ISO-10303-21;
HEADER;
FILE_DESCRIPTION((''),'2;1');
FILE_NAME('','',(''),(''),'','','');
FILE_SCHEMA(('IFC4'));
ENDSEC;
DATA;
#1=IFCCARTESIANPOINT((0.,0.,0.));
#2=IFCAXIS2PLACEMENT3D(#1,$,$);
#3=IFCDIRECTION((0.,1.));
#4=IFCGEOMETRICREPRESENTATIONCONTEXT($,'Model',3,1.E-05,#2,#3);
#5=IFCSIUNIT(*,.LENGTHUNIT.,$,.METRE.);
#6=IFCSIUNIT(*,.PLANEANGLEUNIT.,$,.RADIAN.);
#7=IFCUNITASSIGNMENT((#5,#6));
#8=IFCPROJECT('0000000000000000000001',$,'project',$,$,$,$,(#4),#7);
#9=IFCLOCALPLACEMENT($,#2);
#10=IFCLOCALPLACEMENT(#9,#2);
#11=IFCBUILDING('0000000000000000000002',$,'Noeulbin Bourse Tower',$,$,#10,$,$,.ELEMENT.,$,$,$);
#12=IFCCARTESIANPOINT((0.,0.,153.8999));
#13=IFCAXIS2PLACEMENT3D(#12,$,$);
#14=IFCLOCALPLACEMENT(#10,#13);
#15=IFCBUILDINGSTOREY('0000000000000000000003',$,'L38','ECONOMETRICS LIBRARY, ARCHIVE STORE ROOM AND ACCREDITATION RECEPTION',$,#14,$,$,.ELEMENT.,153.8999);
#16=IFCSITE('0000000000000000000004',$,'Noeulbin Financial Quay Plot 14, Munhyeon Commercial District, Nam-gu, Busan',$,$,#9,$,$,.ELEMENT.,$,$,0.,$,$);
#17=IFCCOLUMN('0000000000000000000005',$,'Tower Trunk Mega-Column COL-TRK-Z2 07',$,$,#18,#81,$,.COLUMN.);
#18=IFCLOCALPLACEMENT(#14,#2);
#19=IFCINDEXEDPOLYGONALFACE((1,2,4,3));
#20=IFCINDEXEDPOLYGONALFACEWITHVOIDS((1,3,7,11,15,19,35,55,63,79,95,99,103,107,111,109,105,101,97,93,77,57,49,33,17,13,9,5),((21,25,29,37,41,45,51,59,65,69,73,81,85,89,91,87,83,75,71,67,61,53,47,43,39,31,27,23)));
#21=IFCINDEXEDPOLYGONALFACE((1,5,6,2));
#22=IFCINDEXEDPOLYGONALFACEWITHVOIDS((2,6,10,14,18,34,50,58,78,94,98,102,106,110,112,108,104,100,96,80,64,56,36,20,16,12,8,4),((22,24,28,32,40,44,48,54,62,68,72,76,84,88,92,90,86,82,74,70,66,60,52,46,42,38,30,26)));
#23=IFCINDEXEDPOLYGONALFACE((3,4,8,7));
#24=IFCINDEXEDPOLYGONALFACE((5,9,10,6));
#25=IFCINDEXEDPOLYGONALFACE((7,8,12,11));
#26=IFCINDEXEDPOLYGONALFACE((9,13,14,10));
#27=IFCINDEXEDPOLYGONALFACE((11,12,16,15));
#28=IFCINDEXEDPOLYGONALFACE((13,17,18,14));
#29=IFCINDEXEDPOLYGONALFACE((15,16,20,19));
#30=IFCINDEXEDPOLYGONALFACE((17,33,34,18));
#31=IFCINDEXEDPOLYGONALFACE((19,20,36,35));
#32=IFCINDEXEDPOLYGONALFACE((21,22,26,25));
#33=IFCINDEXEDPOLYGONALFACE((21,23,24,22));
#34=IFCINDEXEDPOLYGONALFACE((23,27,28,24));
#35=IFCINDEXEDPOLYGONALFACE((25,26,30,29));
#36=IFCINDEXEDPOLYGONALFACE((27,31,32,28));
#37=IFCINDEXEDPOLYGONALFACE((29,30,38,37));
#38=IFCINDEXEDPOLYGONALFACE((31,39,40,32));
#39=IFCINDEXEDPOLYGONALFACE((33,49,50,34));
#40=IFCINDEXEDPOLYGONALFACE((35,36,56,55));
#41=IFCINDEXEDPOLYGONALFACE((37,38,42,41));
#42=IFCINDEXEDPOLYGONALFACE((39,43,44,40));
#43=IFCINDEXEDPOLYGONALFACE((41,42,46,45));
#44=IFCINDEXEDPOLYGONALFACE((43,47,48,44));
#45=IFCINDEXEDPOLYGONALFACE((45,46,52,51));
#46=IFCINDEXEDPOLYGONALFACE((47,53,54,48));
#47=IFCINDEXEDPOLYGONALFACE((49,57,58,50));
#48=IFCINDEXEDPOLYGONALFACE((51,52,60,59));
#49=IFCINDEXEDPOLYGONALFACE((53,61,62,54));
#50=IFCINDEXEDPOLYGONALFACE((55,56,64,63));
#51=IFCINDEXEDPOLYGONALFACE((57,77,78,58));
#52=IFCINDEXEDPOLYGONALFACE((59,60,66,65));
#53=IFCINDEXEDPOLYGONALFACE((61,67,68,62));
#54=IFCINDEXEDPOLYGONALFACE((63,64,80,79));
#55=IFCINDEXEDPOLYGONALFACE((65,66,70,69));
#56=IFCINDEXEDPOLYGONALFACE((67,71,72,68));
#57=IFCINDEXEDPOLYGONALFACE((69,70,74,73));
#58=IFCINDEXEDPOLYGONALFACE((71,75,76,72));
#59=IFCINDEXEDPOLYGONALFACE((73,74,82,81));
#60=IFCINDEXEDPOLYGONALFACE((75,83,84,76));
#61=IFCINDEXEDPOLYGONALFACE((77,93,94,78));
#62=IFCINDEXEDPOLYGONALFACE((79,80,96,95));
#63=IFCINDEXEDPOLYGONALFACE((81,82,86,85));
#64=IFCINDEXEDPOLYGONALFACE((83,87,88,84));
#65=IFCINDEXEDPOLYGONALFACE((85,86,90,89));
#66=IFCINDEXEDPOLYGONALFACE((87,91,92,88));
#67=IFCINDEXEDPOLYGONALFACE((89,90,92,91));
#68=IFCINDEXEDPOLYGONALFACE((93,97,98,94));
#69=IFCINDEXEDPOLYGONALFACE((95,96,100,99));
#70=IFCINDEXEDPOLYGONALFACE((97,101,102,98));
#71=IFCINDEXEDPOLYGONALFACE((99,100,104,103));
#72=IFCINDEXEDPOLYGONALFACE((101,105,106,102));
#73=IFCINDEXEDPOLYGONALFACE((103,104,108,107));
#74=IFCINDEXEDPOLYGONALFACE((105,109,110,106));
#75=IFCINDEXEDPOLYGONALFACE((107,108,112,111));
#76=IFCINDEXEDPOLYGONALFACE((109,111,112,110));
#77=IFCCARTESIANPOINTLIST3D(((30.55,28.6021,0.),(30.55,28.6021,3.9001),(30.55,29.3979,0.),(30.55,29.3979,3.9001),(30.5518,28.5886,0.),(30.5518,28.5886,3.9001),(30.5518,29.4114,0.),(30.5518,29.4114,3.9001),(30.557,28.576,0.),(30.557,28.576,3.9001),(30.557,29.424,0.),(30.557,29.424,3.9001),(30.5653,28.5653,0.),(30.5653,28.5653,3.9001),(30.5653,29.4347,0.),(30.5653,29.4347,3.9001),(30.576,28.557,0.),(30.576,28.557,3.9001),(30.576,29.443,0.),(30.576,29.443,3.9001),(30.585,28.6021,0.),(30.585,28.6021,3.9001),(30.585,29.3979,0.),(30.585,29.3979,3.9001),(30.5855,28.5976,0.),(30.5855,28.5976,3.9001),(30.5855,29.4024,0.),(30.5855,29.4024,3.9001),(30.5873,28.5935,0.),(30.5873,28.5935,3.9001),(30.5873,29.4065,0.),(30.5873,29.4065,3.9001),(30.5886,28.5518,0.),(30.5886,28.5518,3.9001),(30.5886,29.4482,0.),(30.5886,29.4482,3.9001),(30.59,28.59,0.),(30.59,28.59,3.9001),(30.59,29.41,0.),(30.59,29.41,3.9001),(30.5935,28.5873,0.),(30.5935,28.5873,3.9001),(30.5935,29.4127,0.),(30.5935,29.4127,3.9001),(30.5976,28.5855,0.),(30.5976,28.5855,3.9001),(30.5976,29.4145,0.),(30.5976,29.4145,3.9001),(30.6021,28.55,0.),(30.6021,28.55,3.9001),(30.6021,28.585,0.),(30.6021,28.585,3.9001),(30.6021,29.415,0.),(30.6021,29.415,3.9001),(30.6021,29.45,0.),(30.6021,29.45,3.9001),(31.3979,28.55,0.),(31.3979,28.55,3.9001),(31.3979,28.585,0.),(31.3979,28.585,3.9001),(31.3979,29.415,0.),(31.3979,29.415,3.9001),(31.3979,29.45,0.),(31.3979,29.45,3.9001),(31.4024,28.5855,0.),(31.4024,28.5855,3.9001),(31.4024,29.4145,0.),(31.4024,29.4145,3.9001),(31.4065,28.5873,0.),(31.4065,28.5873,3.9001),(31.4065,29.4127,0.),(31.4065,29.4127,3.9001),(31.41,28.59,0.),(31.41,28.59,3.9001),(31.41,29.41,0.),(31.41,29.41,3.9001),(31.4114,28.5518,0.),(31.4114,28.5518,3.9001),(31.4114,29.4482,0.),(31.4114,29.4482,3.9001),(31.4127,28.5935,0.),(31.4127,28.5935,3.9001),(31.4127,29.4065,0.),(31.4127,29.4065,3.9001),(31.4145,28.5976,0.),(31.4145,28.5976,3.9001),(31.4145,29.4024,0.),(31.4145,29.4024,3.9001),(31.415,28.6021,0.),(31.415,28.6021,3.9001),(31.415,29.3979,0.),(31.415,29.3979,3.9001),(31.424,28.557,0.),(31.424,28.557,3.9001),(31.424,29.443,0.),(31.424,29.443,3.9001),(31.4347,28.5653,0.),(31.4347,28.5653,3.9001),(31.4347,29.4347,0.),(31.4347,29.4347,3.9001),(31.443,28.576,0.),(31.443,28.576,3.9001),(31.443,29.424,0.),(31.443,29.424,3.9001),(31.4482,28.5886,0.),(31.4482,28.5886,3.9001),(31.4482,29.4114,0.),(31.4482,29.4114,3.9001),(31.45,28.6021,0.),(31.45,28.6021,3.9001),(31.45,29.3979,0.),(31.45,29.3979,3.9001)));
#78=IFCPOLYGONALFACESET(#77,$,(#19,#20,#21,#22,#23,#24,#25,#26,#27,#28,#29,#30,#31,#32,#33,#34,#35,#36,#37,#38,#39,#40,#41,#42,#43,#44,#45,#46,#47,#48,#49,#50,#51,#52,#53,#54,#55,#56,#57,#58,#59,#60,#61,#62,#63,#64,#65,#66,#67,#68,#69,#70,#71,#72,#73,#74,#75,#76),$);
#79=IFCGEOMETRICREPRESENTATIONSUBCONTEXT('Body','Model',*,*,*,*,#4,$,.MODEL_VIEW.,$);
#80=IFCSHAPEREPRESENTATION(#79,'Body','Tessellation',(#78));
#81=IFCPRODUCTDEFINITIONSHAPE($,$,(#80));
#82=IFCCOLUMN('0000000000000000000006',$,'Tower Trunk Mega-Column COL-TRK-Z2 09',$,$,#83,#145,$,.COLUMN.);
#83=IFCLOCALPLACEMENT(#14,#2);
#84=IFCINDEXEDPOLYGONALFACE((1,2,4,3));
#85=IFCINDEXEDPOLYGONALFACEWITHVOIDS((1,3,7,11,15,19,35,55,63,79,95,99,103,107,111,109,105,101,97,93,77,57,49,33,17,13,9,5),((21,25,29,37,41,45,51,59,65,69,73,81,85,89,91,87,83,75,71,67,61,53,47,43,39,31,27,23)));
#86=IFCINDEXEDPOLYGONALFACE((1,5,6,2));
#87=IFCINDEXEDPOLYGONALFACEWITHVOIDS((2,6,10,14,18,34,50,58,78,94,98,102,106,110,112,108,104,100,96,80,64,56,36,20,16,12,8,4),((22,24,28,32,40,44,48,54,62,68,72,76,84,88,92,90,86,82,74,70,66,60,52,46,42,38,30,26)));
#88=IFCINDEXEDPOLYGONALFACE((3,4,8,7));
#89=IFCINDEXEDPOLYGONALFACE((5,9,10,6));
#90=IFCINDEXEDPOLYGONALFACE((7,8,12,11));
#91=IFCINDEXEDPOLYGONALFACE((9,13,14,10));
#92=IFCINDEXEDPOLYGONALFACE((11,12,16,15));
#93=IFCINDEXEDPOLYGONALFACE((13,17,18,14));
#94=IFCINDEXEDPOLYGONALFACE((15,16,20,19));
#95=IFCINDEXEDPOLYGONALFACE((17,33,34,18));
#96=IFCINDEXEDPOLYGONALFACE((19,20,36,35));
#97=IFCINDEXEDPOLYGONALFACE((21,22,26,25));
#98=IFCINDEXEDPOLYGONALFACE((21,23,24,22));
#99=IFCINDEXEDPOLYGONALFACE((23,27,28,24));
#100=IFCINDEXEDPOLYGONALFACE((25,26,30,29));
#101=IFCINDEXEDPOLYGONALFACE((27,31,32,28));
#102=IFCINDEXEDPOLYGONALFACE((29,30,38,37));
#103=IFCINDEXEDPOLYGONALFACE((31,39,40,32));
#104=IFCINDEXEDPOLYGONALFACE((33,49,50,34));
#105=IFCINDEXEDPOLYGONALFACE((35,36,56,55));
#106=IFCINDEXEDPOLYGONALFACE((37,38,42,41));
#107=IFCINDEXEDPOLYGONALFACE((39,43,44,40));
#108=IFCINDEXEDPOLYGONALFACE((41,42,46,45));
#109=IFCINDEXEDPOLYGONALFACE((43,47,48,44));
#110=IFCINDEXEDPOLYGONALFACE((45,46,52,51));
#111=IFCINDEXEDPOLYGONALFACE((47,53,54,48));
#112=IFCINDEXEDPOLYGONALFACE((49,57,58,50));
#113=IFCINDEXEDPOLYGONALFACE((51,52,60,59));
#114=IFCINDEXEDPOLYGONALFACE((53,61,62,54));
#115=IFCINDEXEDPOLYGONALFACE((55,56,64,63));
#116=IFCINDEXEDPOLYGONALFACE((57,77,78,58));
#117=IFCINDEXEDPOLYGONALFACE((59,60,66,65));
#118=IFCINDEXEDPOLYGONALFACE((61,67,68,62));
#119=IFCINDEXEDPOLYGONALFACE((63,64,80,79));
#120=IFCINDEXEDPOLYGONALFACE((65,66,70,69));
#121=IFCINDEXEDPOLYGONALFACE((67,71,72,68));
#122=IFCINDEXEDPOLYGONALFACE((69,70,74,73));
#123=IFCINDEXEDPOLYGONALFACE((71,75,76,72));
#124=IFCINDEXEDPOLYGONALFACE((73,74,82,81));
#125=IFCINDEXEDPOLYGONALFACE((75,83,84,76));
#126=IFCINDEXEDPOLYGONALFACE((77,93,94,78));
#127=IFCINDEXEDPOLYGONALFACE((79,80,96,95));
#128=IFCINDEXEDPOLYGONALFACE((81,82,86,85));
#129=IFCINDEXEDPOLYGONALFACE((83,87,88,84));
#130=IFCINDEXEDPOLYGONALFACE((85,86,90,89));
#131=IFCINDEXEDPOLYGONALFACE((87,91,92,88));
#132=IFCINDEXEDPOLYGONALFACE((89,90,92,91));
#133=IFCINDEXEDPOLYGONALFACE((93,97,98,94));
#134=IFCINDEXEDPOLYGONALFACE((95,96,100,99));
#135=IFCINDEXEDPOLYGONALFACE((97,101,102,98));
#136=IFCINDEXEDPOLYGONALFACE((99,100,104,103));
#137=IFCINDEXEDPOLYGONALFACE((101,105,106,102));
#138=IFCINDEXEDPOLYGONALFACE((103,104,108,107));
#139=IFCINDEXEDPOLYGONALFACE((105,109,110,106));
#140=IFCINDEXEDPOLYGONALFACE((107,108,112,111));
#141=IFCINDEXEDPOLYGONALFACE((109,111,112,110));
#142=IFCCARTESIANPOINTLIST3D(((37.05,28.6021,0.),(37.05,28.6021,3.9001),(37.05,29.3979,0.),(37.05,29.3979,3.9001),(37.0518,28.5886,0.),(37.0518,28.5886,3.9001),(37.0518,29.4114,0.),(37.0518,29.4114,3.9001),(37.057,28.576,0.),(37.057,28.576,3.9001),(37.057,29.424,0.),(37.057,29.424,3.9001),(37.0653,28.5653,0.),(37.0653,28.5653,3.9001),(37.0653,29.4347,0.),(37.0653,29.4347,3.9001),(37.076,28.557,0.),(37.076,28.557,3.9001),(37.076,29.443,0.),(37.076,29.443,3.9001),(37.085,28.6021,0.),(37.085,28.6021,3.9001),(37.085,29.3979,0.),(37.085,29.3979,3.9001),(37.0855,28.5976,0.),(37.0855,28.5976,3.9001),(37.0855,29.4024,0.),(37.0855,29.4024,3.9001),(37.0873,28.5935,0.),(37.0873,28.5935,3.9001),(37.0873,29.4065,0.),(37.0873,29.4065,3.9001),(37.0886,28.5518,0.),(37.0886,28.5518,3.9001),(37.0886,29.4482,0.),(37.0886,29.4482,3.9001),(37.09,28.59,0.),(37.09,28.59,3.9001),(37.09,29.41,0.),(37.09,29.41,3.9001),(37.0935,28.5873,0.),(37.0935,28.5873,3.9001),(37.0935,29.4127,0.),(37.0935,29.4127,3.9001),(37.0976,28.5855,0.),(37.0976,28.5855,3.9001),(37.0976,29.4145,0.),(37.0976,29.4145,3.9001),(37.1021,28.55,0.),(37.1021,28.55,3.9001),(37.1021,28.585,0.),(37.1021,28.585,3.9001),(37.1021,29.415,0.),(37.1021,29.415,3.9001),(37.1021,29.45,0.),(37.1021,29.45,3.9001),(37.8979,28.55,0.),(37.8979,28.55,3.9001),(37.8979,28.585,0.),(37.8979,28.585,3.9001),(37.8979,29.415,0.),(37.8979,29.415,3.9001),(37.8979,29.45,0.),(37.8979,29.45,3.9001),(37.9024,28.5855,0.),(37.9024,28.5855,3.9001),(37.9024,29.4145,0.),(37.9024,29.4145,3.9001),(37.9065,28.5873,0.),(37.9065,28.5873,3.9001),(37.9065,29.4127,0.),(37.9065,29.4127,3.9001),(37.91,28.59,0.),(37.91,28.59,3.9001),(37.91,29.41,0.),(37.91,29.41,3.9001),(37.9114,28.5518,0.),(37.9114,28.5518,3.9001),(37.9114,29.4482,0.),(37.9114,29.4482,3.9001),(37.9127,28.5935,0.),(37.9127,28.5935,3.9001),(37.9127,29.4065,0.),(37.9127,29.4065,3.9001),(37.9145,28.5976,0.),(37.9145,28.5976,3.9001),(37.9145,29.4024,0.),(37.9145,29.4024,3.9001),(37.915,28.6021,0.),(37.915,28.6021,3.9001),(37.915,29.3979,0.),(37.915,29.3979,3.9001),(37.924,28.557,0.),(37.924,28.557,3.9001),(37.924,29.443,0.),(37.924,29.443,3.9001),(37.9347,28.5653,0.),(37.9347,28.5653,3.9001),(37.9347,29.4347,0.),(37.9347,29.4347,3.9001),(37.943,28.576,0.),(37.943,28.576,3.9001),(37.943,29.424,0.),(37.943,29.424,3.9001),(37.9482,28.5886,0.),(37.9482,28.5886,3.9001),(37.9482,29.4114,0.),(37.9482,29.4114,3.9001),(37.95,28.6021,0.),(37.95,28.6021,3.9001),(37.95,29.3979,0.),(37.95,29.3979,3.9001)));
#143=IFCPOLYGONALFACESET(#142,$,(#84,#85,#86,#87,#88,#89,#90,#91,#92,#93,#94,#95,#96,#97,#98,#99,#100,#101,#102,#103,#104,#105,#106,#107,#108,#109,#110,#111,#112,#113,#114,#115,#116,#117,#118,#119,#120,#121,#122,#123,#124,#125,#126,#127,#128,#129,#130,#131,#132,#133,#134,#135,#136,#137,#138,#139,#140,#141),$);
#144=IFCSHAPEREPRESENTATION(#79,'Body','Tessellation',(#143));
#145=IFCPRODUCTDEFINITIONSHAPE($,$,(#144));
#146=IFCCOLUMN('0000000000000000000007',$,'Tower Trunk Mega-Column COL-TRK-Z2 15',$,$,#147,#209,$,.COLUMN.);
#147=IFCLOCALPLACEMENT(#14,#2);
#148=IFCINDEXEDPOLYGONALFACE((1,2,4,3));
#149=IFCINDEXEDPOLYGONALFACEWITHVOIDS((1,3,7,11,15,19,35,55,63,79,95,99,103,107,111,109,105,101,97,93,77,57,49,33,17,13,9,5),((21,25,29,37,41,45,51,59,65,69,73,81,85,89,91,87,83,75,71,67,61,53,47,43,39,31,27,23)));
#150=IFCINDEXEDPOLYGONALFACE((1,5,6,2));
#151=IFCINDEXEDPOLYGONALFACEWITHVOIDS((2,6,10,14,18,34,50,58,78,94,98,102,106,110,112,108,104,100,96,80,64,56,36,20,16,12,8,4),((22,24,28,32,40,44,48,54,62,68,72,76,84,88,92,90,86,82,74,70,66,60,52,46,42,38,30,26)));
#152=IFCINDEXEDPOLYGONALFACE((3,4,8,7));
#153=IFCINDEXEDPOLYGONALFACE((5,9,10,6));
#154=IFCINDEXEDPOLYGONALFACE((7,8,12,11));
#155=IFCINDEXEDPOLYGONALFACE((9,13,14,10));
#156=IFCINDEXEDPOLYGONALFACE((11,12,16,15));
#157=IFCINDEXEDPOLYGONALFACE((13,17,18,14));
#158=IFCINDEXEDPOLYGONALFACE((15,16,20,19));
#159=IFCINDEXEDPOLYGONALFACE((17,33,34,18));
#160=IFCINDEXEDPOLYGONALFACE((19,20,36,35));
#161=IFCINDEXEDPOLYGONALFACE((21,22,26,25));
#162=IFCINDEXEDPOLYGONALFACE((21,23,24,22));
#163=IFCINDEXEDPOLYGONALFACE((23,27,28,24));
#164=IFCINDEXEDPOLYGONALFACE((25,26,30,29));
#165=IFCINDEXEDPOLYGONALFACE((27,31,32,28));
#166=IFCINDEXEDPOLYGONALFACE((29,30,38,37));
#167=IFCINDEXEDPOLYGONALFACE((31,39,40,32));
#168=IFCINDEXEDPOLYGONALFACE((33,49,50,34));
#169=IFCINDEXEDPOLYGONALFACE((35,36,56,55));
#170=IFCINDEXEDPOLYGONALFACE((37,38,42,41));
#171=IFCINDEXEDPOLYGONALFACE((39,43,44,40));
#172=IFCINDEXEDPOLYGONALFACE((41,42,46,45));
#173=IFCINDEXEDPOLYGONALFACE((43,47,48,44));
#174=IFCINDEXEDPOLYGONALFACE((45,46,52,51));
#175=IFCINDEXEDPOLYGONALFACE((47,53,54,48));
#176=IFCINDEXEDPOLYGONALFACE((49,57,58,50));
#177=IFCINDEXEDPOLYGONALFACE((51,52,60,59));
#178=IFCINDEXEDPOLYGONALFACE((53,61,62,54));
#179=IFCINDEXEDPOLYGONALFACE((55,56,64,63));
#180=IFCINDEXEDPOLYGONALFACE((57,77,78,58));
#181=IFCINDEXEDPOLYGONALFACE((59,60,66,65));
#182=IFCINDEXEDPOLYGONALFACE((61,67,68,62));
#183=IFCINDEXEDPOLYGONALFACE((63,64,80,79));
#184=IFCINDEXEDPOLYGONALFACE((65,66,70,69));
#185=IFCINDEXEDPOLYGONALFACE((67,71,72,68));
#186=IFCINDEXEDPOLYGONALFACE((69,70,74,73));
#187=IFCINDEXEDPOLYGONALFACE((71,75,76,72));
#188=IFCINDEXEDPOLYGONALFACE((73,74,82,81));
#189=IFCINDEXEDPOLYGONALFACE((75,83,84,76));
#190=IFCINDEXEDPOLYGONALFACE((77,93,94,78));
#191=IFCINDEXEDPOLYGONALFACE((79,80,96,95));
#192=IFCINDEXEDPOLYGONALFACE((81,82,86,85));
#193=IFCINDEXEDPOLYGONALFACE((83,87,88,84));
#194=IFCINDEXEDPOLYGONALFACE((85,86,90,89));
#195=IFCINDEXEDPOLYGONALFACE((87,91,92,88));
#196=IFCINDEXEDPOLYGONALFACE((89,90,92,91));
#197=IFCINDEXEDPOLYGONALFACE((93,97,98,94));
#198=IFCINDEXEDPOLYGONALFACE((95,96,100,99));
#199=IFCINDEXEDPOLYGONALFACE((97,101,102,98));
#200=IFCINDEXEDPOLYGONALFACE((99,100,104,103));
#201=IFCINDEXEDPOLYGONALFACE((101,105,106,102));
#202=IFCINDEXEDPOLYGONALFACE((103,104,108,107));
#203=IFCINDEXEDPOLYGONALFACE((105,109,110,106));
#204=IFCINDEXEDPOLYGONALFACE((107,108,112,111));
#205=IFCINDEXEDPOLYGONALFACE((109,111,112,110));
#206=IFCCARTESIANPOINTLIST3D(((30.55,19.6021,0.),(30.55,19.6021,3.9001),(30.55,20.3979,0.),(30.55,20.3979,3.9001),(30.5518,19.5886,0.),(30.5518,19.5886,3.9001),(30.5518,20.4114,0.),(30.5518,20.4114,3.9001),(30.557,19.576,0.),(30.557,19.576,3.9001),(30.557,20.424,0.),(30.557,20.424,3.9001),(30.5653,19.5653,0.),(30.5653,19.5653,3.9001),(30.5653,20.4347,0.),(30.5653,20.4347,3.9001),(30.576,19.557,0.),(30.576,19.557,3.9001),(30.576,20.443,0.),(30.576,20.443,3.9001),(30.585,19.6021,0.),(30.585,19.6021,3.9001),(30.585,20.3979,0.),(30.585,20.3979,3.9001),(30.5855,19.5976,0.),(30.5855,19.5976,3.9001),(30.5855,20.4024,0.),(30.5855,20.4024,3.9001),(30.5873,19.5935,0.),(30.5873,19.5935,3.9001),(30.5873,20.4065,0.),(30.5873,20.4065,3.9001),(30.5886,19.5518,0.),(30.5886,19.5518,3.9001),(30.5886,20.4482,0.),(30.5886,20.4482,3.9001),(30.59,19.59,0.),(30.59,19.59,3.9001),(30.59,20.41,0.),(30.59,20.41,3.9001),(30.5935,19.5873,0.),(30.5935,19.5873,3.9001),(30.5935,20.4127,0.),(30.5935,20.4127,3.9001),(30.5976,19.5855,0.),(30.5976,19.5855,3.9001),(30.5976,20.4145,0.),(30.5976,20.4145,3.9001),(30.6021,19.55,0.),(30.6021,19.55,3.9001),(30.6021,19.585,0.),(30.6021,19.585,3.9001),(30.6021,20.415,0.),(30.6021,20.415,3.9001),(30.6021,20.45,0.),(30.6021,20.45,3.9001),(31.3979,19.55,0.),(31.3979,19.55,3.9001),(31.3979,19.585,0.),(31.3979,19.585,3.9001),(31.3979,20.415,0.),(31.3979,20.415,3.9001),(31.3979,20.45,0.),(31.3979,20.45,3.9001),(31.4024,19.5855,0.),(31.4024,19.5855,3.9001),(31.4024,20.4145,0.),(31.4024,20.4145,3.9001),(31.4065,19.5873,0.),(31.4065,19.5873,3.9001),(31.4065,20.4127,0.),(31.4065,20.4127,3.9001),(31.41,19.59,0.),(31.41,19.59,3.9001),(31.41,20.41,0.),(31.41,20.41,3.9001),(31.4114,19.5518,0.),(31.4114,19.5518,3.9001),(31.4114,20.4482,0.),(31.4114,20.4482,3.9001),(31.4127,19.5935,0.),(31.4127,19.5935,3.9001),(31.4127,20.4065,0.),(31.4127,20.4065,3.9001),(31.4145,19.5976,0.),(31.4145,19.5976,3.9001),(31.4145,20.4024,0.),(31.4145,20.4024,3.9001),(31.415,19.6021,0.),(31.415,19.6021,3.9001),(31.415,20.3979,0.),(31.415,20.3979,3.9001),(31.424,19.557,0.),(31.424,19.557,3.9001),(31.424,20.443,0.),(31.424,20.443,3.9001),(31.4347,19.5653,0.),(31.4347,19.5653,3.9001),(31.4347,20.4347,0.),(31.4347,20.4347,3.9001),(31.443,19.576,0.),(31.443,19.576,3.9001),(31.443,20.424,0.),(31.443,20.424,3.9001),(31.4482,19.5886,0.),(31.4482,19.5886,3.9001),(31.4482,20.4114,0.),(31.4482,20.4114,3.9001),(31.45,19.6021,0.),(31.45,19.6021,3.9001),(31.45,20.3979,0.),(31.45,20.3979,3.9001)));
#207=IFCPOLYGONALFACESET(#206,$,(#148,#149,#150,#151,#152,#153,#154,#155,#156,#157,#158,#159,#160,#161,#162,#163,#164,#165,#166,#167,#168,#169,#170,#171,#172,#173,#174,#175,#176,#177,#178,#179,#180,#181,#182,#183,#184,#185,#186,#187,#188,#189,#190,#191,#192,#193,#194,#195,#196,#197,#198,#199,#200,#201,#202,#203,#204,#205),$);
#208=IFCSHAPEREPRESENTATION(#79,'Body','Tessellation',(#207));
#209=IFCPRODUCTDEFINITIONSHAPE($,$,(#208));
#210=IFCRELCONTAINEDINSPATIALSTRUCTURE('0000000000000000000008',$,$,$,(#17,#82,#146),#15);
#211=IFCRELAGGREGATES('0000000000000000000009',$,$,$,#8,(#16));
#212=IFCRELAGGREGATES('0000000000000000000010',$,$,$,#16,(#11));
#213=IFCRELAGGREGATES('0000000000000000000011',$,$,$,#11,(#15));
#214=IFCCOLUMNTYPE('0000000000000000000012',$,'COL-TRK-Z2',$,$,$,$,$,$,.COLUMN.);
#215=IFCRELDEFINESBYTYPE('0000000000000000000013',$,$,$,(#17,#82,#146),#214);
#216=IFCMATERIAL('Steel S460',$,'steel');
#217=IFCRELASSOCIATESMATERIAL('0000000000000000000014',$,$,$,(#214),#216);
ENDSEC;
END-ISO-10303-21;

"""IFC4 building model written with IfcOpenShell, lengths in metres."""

from ifc_helpers import new_model, si_unit, direction, frame, origin, origin_2d, place, context, subcontext, project, spatial, hollow_rectangle, extrude, material, material_profile, profile_set, type_object, element, save


model = new_model("IFC4")

# Units and contexts
model_context = context("Model", 3, precision=1e-05, world=origin(), true_north=direction((0.0, 1.0)))
body_context = subcontext(model_context, "Body", "Model", "MODEL_VIEW")
ifc_project = project(units=[si_unit("LENGTHUNIT", "METRE"), si_unit("PLANEANGLEUNIT", "RADIAN")], contexts=[model_context])

# Site, building, storey
site_placement = place(None, origin())
site = spatial("IfcSite", under=ifc_project, at=site_placement, Name="Noeulbin Financial Quay Plot 14, Munhyeon Commercial District, Nam-gu, Busan", CompositionType="ELEMENT", RefElevation=0.0)
building_placement = place(site_placement, origin())
building = spatial("IfcBuilding", under=site, at=building_placement, Name="Noeulbin Bourse Tower", CompositionType="ELEMENT")
storey_placement = place(building_placement, frame((0.0, 0.0, 153.8999)))
storey = spatial("IfcBuildingStorey", under=building, at=storey_placement, Name="L38", Description="ECONOMETRICS LIBRARY, ARCHIVE STORE ROOM AND ACCREDITATION RECEPTION", CompositionType="ELEMENT", Elevation=153.8999)

# Columns
ifc_material_1 = material(Name="Steel S460", Category="steel")
ifc_material_profile_1 = material_profile(ifc_material_1, hollow_rectangle(XDim=0.8999, YDim=0.8999, WallThickness=0.0349, InnerFilletRadius=0.0171, OuterFilletRadius=0.052, at=origin_2d()), Name="BOX-900x900x35", Category="LoadBearing")
ifc_profile_set_1 = profile_set([ifc_material_profile_1], Name="Steel S460")
column_type = type_object("IfcColumnType", Name="COL-TRK-Z2", PredefinedType="COLUMN", material=ifc_profile_set_1)
for number, where, z_axis, x_axis, name in (
    (1, (31.0, 29.0, 0.0), (0.0, 0.0, 1.0), (1.0, 0.0, 0.0), "Tower Trunk Mega-Column COL-TRK-Z2 07"),
    (2, (37.5, 29.0, 0.0), (0.0, 0.0, 1.0), (1.0, 0.0, 0.0), "Tower Trunk Mega-Column COL-TRK-Z2 09"),
    (3, (31.0, 20.0, 0.0), (0.0, 0.0, 1.0), (1.0, 0.0, 0.0), "Tower Trunk Mega-Column COL-TRK-Z2 15"),
):
    element("IfcColumn", number, at=place(storey_placement, frame(where, z_axis=z_axis, x_axis=x_axis)), inside=storey, type_object=column_type, Name=name, PredefinedType="COLUMN", context=body_context, shape_type="SweptSolid", body=[
        extrude(hollow_rectangle(XDim=0.8999, YDim=0.8999, WallThickness=0.0349, InnerFilletRadius=0.0171, OuterFilletRadius=0.052, at=origin_2d()), origin(), (0.0, 0.0, 1.0), 3.9001),
    ])

save(model, "model.ifc")
